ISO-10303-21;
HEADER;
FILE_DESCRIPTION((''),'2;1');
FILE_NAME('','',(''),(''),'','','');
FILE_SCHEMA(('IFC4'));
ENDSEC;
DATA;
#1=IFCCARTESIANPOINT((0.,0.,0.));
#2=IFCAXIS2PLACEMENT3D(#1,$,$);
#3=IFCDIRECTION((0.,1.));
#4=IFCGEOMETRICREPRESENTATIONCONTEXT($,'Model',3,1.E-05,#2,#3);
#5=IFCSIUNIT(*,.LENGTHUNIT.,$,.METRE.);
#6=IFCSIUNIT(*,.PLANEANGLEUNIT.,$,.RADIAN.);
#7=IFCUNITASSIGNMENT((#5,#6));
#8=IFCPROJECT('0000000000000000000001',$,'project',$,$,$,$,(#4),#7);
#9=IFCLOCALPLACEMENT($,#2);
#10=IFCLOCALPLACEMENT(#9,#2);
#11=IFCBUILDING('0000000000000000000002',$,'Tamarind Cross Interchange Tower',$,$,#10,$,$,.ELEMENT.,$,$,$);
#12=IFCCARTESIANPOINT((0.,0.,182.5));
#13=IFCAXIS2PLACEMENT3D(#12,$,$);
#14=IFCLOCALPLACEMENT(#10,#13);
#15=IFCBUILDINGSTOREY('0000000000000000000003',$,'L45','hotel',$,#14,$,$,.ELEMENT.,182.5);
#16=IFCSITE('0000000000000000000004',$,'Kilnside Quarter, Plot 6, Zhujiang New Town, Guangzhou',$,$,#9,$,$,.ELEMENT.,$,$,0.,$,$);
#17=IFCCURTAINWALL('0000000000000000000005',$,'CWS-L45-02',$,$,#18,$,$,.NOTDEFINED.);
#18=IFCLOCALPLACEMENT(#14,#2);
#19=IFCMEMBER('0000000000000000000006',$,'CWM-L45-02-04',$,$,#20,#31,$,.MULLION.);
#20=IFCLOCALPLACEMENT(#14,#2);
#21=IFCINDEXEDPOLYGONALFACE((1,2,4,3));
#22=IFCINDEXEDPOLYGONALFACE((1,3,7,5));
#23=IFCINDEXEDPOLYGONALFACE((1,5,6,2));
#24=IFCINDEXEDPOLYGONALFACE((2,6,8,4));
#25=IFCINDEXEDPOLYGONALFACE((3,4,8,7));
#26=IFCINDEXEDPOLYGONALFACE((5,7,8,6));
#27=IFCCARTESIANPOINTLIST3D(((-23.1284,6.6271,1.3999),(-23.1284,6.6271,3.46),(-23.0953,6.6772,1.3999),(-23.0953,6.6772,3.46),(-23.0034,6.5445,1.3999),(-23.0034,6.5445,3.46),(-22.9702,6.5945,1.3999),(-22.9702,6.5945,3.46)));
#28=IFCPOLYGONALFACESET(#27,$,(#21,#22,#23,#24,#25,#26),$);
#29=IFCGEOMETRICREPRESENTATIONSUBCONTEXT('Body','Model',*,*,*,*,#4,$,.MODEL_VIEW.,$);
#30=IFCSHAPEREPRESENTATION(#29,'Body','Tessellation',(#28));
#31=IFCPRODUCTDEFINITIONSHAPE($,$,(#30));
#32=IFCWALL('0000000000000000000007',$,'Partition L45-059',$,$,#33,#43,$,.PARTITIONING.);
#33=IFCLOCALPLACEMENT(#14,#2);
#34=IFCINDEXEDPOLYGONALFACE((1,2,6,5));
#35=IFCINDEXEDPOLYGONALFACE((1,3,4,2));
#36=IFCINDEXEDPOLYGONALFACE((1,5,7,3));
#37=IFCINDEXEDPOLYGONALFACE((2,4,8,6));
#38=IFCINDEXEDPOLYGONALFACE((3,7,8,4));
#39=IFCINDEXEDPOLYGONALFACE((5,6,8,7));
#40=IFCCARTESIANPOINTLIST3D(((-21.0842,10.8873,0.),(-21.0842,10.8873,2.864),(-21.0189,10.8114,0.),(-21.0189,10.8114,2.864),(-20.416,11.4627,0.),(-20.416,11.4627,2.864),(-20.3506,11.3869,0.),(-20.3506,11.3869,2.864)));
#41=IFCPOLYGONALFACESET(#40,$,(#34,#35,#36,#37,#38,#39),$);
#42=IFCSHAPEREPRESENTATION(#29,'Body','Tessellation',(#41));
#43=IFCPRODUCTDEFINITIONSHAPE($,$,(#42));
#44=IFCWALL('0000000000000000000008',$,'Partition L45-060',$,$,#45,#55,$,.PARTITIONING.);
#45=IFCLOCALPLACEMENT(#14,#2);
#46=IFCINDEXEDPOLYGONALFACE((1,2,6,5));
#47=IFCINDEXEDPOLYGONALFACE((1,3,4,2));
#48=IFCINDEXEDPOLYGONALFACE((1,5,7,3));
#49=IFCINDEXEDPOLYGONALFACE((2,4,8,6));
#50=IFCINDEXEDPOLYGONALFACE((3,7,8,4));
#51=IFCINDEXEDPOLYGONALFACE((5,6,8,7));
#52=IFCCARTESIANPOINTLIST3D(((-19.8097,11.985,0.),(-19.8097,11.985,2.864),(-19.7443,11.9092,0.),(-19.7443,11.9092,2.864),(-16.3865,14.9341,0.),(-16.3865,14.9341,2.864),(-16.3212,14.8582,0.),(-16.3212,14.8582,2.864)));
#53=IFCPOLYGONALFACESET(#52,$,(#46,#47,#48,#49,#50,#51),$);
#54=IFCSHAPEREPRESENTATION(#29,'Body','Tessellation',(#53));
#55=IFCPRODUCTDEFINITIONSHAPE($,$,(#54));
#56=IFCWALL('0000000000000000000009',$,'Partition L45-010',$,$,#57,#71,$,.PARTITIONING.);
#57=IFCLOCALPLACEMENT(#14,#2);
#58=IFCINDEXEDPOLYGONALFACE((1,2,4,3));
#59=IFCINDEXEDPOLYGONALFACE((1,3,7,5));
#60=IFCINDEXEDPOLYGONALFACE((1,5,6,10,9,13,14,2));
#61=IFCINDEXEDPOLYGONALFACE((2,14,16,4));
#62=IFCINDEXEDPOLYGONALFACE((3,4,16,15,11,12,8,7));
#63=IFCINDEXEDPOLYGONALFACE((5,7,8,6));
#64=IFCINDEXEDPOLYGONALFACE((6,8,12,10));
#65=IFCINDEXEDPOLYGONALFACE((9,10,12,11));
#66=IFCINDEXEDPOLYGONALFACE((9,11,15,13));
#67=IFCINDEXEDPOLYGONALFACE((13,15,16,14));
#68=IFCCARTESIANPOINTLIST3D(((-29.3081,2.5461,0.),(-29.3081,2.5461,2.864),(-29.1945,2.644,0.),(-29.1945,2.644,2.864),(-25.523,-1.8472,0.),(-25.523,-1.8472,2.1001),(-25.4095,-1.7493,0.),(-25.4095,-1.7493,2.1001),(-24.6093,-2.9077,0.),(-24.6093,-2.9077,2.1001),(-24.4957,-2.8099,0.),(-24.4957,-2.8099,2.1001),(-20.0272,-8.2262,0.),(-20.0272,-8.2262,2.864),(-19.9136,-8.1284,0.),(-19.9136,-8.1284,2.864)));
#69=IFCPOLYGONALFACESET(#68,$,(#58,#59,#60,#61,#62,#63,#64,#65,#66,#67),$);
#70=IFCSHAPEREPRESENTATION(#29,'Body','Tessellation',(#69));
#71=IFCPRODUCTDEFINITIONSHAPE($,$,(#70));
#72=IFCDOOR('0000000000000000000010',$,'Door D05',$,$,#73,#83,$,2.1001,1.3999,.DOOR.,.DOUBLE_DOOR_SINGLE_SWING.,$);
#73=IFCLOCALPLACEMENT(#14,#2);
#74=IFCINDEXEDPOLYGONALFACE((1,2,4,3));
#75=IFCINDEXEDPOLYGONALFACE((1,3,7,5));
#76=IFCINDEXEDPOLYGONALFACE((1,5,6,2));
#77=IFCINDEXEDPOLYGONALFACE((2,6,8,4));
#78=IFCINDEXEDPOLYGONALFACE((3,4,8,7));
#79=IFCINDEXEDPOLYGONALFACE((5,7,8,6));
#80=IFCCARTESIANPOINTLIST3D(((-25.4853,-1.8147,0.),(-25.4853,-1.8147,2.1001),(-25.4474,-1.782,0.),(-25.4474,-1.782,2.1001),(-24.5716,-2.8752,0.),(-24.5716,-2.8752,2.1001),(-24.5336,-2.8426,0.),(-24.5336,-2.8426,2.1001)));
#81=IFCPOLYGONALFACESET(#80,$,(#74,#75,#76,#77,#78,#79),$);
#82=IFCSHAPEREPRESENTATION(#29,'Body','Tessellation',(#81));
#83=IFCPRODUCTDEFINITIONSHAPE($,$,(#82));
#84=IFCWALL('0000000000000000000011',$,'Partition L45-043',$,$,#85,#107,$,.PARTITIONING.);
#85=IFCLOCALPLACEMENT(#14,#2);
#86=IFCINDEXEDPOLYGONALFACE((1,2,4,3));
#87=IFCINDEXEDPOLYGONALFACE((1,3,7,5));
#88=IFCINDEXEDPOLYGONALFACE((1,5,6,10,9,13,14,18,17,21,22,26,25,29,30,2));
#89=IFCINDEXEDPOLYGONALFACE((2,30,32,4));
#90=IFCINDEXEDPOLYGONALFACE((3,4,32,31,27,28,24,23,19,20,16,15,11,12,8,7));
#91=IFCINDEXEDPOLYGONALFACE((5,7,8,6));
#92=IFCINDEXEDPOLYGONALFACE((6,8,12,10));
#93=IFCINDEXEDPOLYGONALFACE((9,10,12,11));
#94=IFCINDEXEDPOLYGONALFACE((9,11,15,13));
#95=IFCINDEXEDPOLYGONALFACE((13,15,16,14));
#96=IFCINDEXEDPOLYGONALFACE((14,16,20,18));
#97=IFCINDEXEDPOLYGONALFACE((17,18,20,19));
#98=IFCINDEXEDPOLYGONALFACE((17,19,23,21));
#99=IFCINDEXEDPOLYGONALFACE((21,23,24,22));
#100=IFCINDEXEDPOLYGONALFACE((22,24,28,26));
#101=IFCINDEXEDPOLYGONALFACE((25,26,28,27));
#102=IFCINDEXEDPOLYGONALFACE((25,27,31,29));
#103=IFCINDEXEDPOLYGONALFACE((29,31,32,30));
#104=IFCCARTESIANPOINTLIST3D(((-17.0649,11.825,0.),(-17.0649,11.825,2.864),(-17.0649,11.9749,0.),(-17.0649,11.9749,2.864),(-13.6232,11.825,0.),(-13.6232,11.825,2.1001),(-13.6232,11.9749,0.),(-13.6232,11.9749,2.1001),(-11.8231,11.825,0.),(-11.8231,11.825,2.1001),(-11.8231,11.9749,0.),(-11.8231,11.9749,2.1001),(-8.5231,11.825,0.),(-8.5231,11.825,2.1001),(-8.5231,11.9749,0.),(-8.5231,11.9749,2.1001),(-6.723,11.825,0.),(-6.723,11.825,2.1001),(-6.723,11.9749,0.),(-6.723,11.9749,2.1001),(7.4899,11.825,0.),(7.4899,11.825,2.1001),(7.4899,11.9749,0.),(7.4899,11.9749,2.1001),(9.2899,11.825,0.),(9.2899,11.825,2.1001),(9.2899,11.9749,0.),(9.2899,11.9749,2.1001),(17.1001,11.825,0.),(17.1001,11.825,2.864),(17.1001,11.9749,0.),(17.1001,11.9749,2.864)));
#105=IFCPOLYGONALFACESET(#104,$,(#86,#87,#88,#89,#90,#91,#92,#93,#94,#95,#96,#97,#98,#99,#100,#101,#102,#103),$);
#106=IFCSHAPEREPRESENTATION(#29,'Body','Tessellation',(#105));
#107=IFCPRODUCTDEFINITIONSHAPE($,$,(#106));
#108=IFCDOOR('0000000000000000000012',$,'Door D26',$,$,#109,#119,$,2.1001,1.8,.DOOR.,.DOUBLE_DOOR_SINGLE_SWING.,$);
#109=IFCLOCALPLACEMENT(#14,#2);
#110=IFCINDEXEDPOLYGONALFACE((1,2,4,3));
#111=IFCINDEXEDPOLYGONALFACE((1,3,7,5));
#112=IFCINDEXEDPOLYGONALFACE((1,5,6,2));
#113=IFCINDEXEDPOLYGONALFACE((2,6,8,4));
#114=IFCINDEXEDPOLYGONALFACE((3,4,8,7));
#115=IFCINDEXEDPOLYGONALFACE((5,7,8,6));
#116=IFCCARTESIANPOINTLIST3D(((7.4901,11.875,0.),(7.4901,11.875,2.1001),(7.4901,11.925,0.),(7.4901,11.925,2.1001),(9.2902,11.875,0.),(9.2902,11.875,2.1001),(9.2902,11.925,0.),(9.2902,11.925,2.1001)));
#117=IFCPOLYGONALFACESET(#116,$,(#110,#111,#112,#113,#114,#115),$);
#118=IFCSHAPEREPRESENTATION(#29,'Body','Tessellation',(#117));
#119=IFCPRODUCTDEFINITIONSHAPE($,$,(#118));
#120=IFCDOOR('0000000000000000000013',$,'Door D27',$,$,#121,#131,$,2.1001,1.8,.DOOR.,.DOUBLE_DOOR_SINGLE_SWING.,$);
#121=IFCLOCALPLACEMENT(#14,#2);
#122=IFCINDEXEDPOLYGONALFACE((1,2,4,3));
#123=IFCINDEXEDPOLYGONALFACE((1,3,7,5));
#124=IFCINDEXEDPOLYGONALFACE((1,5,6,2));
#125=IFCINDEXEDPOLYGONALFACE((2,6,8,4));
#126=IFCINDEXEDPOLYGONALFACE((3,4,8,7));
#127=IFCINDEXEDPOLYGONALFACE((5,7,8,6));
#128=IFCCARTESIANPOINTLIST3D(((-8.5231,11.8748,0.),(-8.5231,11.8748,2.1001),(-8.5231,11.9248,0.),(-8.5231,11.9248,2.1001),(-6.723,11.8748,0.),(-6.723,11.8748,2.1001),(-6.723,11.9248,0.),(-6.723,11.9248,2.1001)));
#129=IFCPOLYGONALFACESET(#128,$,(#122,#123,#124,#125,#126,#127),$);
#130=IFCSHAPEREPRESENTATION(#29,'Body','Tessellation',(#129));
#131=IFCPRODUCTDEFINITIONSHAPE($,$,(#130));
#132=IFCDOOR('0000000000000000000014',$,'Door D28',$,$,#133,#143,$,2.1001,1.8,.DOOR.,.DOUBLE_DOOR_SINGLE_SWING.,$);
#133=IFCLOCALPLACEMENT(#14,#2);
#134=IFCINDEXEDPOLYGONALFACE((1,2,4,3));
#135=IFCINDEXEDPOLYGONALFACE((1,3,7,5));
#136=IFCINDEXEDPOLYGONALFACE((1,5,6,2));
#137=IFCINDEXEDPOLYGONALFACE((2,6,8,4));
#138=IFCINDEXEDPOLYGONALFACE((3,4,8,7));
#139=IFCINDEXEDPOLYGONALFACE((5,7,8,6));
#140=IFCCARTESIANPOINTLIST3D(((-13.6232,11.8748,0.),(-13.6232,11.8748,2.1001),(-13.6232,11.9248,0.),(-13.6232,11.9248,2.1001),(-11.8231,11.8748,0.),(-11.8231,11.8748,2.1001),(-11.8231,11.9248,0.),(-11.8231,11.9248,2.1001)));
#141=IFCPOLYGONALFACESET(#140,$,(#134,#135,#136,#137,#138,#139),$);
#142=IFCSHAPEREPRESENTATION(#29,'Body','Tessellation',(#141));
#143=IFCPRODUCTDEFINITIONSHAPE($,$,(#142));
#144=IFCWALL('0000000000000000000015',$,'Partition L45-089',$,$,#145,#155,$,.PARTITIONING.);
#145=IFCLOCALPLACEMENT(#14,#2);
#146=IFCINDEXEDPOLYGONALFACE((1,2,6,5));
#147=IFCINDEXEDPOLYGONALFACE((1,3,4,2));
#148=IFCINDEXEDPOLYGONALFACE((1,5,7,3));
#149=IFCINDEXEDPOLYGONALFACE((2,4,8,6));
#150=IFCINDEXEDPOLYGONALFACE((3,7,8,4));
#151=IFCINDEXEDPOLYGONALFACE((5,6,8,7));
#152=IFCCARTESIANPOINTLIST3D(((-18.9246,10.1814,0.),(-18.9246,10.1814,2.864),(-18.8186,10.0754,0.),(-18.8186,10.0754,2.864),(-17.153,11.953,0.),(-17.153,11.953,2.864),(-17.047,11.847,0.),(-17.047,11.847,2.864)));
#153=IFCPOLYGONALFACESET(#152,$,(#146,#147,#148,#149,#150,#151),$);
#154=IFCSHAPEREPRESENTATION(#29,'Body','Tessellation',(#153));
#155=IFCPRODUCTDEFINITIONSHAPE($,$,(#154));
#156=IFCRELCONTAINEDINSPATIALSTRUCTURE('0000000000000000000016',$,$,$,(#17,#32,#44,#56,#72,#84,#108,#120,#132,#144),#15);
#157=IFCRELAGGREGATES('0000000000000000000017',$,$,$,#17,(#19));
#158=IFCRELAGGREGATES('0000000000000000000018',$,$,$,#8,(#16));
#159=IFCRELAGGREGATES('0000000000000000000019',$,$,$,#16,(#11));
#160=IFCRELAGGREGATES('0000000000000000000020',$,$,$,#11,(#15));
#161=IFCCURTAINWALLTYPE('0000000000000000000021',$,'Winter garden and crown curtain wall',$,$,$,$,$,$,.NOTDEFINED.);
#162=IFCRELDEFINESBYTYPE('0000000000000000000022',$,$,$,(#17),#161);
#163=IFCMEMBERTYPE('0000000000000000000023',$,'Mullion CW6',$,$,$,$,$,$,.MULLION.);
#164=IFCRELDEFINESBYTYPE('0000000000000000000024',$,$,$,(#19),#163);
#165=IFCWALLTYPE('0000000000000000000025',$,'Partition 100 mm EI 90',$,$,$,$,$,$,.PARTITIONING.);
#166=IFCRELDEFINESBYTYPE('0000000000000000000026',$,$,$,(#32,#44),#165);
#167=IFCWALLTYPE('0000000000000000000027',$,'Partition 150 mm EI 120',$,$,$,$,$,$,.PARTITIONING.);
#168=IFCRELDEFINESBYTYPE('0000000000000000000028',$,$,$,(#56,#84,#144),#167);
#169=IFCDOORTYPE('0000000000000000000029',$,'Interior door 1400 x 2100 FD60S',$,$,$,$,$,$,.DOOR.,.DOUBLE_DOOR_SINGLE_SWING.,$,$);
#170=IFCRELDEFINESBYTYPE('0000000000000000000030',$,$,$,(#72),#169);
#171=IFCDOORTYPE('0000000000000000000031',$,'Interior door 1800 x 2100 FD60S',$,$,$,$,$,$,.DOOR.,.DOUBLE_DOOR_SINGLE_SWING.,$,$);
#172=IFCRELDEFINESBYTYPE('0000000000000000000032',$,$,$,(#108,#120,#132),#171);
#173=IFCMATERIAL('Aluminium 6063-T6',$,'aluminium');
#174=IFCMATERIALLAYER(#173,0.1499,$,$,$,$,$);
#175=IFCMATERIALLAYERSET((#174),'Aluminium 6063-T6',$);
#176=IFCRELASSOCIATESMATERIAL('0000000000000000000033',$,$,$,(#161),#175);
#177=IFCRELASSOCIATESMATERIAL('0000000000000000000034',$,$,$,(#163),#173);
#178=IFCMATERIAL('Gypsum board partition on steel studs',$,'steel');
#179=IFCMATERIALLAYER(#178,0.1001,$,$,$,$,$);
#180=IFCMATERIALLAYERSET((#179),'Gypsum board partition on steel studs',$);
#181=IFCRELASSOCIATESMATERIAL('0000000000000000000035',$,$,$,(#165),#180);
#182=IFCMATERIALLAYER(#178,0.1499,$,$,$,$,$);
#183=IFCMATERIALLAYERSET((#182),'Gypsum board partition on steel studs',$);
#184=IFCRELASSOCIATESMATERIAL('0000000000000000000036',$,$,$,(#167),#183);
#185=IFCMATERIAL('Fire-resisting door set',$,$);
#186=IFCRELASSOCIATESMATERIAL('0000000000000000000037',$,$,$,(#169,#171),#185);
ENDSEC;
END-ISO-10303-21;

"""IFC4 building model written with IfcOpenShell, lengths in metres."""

from ifc_helpers import new_model, si_unit, direction, frame, frame_2d, origin, origin_2d, place, context, subcontext, project, spatial, rectangle, extrude, material, layer, layer_set, material_profile, profile_set, type_object, element, fill, aggregate, save


model = new_model("IFC4")

# Units and contexts
model_context = context("Model", 3, precision=1e-05, world=origin(), true_north=direction((0.0, 1.0)))
body_context = subcontext(model_context, "Body", "Model", "MODEL_VIEW")
ifc_project = project(units=[si_unit("LENGTHUNIT", "METRE"), si_unit("PLANEANGLEUNIT", "RADIAN")], contexts=[model_context])

# Site, building, storey
site_placement = place(None, origin())
site = spatial("IfcSite", under=ifc_project, at=site_placement, Name="Kilnside Quarter, Plot 6, Zhujiang New Town, Guangzhou", CompositionType="ELEMENT", RefElevation=0.0)
building_placement = place(site_placement, origin())
building = spatial("IfcBuilding", under=site, at=building_placement, Name="Tamarind Cross Interchange Tower", CompositionType="ELEMENT")
storey_placement = place(building_placement, frame((0.0, 0.0, 182.5)))
storey = spatial("IfcBuildingStorey", under=building, at=storey_placement, Name="L45", Description="hotel", CompositionType="ELEMENT", Elevation=182.5)

# Curtain wall, member
ifc_material_1 = material(Name="Aluminium 6063-T6", Category="aluminium")
ifc_layer_1 = layer(ifc_material_1, 0.1499)
ifc_layer_set_1 = layer_set([ifc_layer_1], Name="Aluminium 6063-T6")
curtain_wall_type_1 = type_object("IfcCurtainWallType", Name="Winter garden and crown curtain wall", PredefinedType="NOTDEFINED", material=ifc_layer_set_1)
curtain_wall_1_placement = place(storey_placement, origin())
curtain_wall_1 = element("IfcCurtainWall", 1, at=curtain_wall_1_placement, inside=storey, type_object=curtain_wall_type_1, Name="CWS-L45-02", PredefinedType="NOTDEFINED")
ifc_material_profile_1 = material_profile(ifc_material_1, rectangle(XDim=0.0601, YDim=0.1499, at=origin_2d()), Name="Mullion CW6")
ifc_profile_set_1 = profile_set([ifc_material_profile_1], Name="Aluminium 6063-T6")
member_type_1 = type_object("IfcMemberType", Name="Mullion CW6", PredefinedType="MULLION", material=ifc_profile_set_1)
member_1_placement = place(storey_placement, frame((-23.0493, 6.6108, 1.3999), z_axis=(0.0, 0.0, 1.0), x_axis=(-0.551557, -0.834137, 0.0)))
member_1 = element("IfcMember", 2, at=member_1_placement, type_object=member_type_1, Name="CWM-L45-02-04", PredefinedType="MULLION", context=body_context, shape_type="SweptSolid", body=[
    extrude(rectangle(XDim=0.0601, YDim=0.1499, at=origin_2d()), origin(), (0.0, 0.0, 1.0), 2.0601),
])
aggregate(curtain_wall_1, [member_1])

# Walls
ifc_material_2 = material(Name="Gypsum board partition on steel studs", Category="steel")
ifc_layer_2 = layer(ifc_material_2, 0.1001)
ifc_layer_set_2 = layer_set([ifc_layer_2], Name="Gypsum board partition on steel studs")
wall_type_1 = type_object("IfcWallType", Name="Partition 100 mm EI 90", PredefinedType="PARTITIONING", material=ifc_layer_set_2)
wall_1_placement = place(storey_placement, frame((-21.0515, 10.8494, 0.0), z_axis=(0.0, 0.0, 1.0), x_axis=(0.75775, 0.652545, 0.0)))
element("IfcWall", 3, at=wall_1_placement, inside=storey, type_object=wall_type_1, Name="Partition L45-059", PredefinedType="PARTITIONING", context=body_context, shape_type="SweptSolid", body=[
    extrude(rectangle(XDim=0.8818, YDim=0.1001, at=frame_2d((0.4409, 0.0))), origin(), (0.0, 0.0, 1.0), 2.864),
])
wall_2_placement = place(storey_placement, frame((-19.7771, 11.947, 0.0), z_axis=(0.0, 0.0, 1.0), x_axis=(0.757626, 0.652689, 0.0)))
element("IfcWall", 4, at=wall_2_placement, inside=storey, type_object=wall_type_1, Name="Partition L45-060", PredefinedType="PARTITIONING", context=body_context, shape_type="SweptSolid", body=[
    extrude(rectangle(XDim=4.5183, YDim=0.1001, at=frame_2d((2.2593, 0.0))), origin(), (0.0, 0.0, 1.0), 2.864),
])

# Wall, opening, door
ifc_layer_3 = layer(ifc_material_2, 0.1499)
ifc_layer_set_3 = layer_set([ifc_layer_3], Name="Gypsum board partition on steel studs")
wall_type_2 = type_object("IfcWallType", Name="Partition 150 mm EI 120", PredefinedType="PARTITIONING", material=ifc_layer_set_3)
wall_3_placement = place(storey_placement, frame((-29.2512, 2.595, 0.0), z_axis=(0.0, 0.0, 1.0), x_axis=(0.652714, -0.757605, 0.0)))
wall_3 = element("IfcWall", 5, at=wall_3_placement, inside=storey, type_object=wall_type_2, Name="Partition L45-010", PredefinedType="PARTITIONING", context=body_context, shape_type="SweptSolid", body=[
    extrude(rectangle(XDim=14.219, YDim=0.1499, at=frame_2d((7.1094, 0.0))), origin(), (0.0, 0.0, 1.0), 2.864),
])
opening_1_placement = place(wall_3_placement, frame((5.7988, 0.0, 0.0)))
opening_1 = element("IfcOpeningElement", 6, at=opening_1_placement, cuts=wall_3, PredefinedType="OPENING", context=body_context, shape_type="SweptSolid", body=[
    extrude(rectangle(XDim=1.3999, YDim=2.1001, at=frame_2d((0.7, 1.05))), frame((0.0, 0.085, 0.0), z_axis=(0.0, -1.0, 0.0), x_axis=(1.0, 0.0, 0.0)), (0.0, 0.0, 1.0), 0.1699),
])
ifc_material_3 = material(Name="Fire-resisting door set")
door_type_1 = type_object("IfcDoorType", Name="Interior door 1400 x 2100 FD60S", OperationType="DOUBLE_DOOR_SINGLE_SWING", PredefinedType="DOOR", material=ifc_material_3)
door_1_placement = place(opening_1_placement, origin())
door_1 = element("IfcDoor", 7, at=door_1_placement, inside=storey, type_object=door_type_1, Name="Door D05", OperationType="DOUBLE_DOOR_SINGLE_SWING", OverallHeight=2.1001, OverallWidth=1.3999, PredefinedType="DOOR", context=body_context, shape_type="SweptSolid", body=[
    extrude(rectangle(XDim=1.3999, YDim=2.1001, at=frame_2d((0.7, 1.05))), frame((0.0, 0.0249, 0.0), z_axis=(0.0, -1.0, 0.0), x_axis=(1.0, 0.0, 0.0)), (0.0, 0.0, 1.0), 0.05),
])
fill(opening_1, door_1)

# Wall, openings, doors
wall_4_placement = place(storey_placement, frame((-17.0649, 11.8999, 0.0), z_axis=(0.0, 0.0, 1.0), x_axis=(1.0, 0.0, 0.0)))
wall_4 = element("IfcWall", 8, at=wall_4_placement, inside=storey, type_object=wall_type_2, Name="Partition L45-043", PredefinedType="PARTITIONING", context=body_context, shape_type="SweptSolid", body=[
    extrude(rectangle(XDim=34.165, YDim=0.1499, at=frame_2d((17.0825, 0.0))), origin(), (0.0, 0.0, 1.0), 2.864),
])
opening_2_placement = place(wall_4_placement, frame((24.5549, 0.0, 0.0)))
opening_2 = element("IfcOpeningElement", 9, at=opening_2_placement, cuts=wall_4, PredefinedType="OPENING", context=body_context, shape_type="SweptSolid", body=[
    extrude(rectangle(XDim=1.8, YDim=2.1001, at=frame_2d((0.8999, 1.05))), frame((0.0, 0.085, 0.0), z_axis=(0.0, -1.0, 0.0), x_axis=(1.0, 0.0, 0.0)), (0.0, 0.0, 1.0), 0.1699),
])
opening_3_placement = place(wall_4_placement, frame((8.542, 0.0, 0.0)))
opening_3 = element("IfcOpeningElement", 10, at=opening_3_placement, cuts=wall_4, PredefinedType="OPENING", context=body_context, shape_type="SweptSolid", body=[
    extrude(rectangle(XDim=1.8, YDim=2.1001, at=frame_2d((0.8999, 1.05))), frame((0.0, 0.085, 0.0), z_axis=(0.0, -1.0, 0.0), x_axis=(1.0, 0.0, 0.0)), (0.0, 0.0, 1.0), 0.1699),
])
opening_4_placement = place(wall_4_placement, frame((3.4419, 0.0, 0.0)))
opening_4 = element("IfcOpeningElement", 11, at=opening_4_placement, cuts=wall_4, PredefinedType="OPENING", context=body_context, shape_type="SweptSolid", body=[
    extrude(rectangle(XDim=1.8, YDim=2.1001, at=frame_2d((0.8999, 1.05))), frame((0.0, 0.085, 0.0), z_axis=(0.0, -1.0, 0.0), x_axis=(1.0, 0.0, 0.0)), (0.0, 0.0, 1.0), 0.1699),
])
door_type_2 = type_object("IfcDoorType", Name="Interior door 1800 x 2100 FD60S", OperationType="DOUBLE_DOOR_SINGLE_SWING", PredefinedType="DOOR", material=ifc_material_3)
door_2_placement = place(opening_2_placement, frame((1.8, 0.0, 0.0), z_axis=(0.0, 0.0, 1.0), x_axis=(-1.0, 0.0, 0.0)))
door_2 = element("IfcDoor", 12, at=door_2_placement, inside=storey, type_object=door_type_2, Name="Door D26", OperationType="DOUBLE_DOOR_SINGLE_SWING", OverallHeight=2.1001, OverallWidth=1.8, PredefinedType="DOOR", context=body_context, shape_type="SweptSolid", body=[
    extrude(rectangle(XDim=1.8, YDim=2.1001, at=frame_2d((0.8999, 1.05))), frame((0.0, 0.0249, 0.0), z_axis=(0.0, -1.0, 0.0), x_axis=(1.0, 0.0, 0.0)), (0.0, 0.0, 1.0), 0.05),
])
fill(opening_2, door_2)
door_3_placement = place(opening_3_placement, origin())
door_3 = element("IfcDoor", 13, at=door_3_placement, inside=storey, type_object=door_type_2, Name="Door D27", OperationType="DOUBLE_DOOR_SINGLE_SWING", OverallHeight=2.1001, OverallWidth=1.8, PredefinedType="DOOR", context=body_context, shape_type="SweptSolid", body=[
    extrude(rectangle(XDim=1.8, YDim=2.1001, at=frame_2d((0.8999, 1.05))), frame((0.0, 0.0249, 0.0), z_axis=(0.0, -1.0, 0.0), x_axis=(1.0, 0.0, 0.0)), (0.0, 0.0, 1.0), 0.05),
])
fill(opening_3, door_3)
door_4_placement = place(opening_4_placement, origin())
door_4 = element("IfcDoor", 14, at=door_4_placement, inside=storey, type_object=door_type_2, Name="Door D28", OperationType="DOUBLE_DOOR_SINGLE_SWING", OverallHeight=2.1001, OverallWidth=1.8, PredefinedType="DOOR", context=body_context, shape_type="SweptSolid", body=[
    extrude(rectangle(XDim=1.8, YDim=2.1001, at=frame_2d((0.8999, 1.05))), frame((0.0, 0.0249, 0.0), z_axis=(0.0, -1.0, 0.0), x_axis=(1.0, 0.0, 0.0)), (0.0, 0.0, 1.0), 0.05),
])
fill(opening_4, door_4)

# Wall
wall_5_placement = place(storey_placement, frame((-18.8716, 10.1284, 0.0), z_axis=(0.0, 0.0, 1.0), x_axis=(0.707107, 0.707107, 0.0)))
element("IfcWall", 15, at=wall_5_placement, inside=storey, type_object=wall_type_2, Name="Partition L45-089", PredefinedType="PARTITIONING", context=body_context, shape_type="SweptSolid", body=[
    extrude(rectangle(XDim=2.5054, YDim=0.1499, at=frame_2d((1.2527, 0.0))), origin(), (0.0, 0.0, 1.0), 2.864),
])

save(model, "model.ifc")
